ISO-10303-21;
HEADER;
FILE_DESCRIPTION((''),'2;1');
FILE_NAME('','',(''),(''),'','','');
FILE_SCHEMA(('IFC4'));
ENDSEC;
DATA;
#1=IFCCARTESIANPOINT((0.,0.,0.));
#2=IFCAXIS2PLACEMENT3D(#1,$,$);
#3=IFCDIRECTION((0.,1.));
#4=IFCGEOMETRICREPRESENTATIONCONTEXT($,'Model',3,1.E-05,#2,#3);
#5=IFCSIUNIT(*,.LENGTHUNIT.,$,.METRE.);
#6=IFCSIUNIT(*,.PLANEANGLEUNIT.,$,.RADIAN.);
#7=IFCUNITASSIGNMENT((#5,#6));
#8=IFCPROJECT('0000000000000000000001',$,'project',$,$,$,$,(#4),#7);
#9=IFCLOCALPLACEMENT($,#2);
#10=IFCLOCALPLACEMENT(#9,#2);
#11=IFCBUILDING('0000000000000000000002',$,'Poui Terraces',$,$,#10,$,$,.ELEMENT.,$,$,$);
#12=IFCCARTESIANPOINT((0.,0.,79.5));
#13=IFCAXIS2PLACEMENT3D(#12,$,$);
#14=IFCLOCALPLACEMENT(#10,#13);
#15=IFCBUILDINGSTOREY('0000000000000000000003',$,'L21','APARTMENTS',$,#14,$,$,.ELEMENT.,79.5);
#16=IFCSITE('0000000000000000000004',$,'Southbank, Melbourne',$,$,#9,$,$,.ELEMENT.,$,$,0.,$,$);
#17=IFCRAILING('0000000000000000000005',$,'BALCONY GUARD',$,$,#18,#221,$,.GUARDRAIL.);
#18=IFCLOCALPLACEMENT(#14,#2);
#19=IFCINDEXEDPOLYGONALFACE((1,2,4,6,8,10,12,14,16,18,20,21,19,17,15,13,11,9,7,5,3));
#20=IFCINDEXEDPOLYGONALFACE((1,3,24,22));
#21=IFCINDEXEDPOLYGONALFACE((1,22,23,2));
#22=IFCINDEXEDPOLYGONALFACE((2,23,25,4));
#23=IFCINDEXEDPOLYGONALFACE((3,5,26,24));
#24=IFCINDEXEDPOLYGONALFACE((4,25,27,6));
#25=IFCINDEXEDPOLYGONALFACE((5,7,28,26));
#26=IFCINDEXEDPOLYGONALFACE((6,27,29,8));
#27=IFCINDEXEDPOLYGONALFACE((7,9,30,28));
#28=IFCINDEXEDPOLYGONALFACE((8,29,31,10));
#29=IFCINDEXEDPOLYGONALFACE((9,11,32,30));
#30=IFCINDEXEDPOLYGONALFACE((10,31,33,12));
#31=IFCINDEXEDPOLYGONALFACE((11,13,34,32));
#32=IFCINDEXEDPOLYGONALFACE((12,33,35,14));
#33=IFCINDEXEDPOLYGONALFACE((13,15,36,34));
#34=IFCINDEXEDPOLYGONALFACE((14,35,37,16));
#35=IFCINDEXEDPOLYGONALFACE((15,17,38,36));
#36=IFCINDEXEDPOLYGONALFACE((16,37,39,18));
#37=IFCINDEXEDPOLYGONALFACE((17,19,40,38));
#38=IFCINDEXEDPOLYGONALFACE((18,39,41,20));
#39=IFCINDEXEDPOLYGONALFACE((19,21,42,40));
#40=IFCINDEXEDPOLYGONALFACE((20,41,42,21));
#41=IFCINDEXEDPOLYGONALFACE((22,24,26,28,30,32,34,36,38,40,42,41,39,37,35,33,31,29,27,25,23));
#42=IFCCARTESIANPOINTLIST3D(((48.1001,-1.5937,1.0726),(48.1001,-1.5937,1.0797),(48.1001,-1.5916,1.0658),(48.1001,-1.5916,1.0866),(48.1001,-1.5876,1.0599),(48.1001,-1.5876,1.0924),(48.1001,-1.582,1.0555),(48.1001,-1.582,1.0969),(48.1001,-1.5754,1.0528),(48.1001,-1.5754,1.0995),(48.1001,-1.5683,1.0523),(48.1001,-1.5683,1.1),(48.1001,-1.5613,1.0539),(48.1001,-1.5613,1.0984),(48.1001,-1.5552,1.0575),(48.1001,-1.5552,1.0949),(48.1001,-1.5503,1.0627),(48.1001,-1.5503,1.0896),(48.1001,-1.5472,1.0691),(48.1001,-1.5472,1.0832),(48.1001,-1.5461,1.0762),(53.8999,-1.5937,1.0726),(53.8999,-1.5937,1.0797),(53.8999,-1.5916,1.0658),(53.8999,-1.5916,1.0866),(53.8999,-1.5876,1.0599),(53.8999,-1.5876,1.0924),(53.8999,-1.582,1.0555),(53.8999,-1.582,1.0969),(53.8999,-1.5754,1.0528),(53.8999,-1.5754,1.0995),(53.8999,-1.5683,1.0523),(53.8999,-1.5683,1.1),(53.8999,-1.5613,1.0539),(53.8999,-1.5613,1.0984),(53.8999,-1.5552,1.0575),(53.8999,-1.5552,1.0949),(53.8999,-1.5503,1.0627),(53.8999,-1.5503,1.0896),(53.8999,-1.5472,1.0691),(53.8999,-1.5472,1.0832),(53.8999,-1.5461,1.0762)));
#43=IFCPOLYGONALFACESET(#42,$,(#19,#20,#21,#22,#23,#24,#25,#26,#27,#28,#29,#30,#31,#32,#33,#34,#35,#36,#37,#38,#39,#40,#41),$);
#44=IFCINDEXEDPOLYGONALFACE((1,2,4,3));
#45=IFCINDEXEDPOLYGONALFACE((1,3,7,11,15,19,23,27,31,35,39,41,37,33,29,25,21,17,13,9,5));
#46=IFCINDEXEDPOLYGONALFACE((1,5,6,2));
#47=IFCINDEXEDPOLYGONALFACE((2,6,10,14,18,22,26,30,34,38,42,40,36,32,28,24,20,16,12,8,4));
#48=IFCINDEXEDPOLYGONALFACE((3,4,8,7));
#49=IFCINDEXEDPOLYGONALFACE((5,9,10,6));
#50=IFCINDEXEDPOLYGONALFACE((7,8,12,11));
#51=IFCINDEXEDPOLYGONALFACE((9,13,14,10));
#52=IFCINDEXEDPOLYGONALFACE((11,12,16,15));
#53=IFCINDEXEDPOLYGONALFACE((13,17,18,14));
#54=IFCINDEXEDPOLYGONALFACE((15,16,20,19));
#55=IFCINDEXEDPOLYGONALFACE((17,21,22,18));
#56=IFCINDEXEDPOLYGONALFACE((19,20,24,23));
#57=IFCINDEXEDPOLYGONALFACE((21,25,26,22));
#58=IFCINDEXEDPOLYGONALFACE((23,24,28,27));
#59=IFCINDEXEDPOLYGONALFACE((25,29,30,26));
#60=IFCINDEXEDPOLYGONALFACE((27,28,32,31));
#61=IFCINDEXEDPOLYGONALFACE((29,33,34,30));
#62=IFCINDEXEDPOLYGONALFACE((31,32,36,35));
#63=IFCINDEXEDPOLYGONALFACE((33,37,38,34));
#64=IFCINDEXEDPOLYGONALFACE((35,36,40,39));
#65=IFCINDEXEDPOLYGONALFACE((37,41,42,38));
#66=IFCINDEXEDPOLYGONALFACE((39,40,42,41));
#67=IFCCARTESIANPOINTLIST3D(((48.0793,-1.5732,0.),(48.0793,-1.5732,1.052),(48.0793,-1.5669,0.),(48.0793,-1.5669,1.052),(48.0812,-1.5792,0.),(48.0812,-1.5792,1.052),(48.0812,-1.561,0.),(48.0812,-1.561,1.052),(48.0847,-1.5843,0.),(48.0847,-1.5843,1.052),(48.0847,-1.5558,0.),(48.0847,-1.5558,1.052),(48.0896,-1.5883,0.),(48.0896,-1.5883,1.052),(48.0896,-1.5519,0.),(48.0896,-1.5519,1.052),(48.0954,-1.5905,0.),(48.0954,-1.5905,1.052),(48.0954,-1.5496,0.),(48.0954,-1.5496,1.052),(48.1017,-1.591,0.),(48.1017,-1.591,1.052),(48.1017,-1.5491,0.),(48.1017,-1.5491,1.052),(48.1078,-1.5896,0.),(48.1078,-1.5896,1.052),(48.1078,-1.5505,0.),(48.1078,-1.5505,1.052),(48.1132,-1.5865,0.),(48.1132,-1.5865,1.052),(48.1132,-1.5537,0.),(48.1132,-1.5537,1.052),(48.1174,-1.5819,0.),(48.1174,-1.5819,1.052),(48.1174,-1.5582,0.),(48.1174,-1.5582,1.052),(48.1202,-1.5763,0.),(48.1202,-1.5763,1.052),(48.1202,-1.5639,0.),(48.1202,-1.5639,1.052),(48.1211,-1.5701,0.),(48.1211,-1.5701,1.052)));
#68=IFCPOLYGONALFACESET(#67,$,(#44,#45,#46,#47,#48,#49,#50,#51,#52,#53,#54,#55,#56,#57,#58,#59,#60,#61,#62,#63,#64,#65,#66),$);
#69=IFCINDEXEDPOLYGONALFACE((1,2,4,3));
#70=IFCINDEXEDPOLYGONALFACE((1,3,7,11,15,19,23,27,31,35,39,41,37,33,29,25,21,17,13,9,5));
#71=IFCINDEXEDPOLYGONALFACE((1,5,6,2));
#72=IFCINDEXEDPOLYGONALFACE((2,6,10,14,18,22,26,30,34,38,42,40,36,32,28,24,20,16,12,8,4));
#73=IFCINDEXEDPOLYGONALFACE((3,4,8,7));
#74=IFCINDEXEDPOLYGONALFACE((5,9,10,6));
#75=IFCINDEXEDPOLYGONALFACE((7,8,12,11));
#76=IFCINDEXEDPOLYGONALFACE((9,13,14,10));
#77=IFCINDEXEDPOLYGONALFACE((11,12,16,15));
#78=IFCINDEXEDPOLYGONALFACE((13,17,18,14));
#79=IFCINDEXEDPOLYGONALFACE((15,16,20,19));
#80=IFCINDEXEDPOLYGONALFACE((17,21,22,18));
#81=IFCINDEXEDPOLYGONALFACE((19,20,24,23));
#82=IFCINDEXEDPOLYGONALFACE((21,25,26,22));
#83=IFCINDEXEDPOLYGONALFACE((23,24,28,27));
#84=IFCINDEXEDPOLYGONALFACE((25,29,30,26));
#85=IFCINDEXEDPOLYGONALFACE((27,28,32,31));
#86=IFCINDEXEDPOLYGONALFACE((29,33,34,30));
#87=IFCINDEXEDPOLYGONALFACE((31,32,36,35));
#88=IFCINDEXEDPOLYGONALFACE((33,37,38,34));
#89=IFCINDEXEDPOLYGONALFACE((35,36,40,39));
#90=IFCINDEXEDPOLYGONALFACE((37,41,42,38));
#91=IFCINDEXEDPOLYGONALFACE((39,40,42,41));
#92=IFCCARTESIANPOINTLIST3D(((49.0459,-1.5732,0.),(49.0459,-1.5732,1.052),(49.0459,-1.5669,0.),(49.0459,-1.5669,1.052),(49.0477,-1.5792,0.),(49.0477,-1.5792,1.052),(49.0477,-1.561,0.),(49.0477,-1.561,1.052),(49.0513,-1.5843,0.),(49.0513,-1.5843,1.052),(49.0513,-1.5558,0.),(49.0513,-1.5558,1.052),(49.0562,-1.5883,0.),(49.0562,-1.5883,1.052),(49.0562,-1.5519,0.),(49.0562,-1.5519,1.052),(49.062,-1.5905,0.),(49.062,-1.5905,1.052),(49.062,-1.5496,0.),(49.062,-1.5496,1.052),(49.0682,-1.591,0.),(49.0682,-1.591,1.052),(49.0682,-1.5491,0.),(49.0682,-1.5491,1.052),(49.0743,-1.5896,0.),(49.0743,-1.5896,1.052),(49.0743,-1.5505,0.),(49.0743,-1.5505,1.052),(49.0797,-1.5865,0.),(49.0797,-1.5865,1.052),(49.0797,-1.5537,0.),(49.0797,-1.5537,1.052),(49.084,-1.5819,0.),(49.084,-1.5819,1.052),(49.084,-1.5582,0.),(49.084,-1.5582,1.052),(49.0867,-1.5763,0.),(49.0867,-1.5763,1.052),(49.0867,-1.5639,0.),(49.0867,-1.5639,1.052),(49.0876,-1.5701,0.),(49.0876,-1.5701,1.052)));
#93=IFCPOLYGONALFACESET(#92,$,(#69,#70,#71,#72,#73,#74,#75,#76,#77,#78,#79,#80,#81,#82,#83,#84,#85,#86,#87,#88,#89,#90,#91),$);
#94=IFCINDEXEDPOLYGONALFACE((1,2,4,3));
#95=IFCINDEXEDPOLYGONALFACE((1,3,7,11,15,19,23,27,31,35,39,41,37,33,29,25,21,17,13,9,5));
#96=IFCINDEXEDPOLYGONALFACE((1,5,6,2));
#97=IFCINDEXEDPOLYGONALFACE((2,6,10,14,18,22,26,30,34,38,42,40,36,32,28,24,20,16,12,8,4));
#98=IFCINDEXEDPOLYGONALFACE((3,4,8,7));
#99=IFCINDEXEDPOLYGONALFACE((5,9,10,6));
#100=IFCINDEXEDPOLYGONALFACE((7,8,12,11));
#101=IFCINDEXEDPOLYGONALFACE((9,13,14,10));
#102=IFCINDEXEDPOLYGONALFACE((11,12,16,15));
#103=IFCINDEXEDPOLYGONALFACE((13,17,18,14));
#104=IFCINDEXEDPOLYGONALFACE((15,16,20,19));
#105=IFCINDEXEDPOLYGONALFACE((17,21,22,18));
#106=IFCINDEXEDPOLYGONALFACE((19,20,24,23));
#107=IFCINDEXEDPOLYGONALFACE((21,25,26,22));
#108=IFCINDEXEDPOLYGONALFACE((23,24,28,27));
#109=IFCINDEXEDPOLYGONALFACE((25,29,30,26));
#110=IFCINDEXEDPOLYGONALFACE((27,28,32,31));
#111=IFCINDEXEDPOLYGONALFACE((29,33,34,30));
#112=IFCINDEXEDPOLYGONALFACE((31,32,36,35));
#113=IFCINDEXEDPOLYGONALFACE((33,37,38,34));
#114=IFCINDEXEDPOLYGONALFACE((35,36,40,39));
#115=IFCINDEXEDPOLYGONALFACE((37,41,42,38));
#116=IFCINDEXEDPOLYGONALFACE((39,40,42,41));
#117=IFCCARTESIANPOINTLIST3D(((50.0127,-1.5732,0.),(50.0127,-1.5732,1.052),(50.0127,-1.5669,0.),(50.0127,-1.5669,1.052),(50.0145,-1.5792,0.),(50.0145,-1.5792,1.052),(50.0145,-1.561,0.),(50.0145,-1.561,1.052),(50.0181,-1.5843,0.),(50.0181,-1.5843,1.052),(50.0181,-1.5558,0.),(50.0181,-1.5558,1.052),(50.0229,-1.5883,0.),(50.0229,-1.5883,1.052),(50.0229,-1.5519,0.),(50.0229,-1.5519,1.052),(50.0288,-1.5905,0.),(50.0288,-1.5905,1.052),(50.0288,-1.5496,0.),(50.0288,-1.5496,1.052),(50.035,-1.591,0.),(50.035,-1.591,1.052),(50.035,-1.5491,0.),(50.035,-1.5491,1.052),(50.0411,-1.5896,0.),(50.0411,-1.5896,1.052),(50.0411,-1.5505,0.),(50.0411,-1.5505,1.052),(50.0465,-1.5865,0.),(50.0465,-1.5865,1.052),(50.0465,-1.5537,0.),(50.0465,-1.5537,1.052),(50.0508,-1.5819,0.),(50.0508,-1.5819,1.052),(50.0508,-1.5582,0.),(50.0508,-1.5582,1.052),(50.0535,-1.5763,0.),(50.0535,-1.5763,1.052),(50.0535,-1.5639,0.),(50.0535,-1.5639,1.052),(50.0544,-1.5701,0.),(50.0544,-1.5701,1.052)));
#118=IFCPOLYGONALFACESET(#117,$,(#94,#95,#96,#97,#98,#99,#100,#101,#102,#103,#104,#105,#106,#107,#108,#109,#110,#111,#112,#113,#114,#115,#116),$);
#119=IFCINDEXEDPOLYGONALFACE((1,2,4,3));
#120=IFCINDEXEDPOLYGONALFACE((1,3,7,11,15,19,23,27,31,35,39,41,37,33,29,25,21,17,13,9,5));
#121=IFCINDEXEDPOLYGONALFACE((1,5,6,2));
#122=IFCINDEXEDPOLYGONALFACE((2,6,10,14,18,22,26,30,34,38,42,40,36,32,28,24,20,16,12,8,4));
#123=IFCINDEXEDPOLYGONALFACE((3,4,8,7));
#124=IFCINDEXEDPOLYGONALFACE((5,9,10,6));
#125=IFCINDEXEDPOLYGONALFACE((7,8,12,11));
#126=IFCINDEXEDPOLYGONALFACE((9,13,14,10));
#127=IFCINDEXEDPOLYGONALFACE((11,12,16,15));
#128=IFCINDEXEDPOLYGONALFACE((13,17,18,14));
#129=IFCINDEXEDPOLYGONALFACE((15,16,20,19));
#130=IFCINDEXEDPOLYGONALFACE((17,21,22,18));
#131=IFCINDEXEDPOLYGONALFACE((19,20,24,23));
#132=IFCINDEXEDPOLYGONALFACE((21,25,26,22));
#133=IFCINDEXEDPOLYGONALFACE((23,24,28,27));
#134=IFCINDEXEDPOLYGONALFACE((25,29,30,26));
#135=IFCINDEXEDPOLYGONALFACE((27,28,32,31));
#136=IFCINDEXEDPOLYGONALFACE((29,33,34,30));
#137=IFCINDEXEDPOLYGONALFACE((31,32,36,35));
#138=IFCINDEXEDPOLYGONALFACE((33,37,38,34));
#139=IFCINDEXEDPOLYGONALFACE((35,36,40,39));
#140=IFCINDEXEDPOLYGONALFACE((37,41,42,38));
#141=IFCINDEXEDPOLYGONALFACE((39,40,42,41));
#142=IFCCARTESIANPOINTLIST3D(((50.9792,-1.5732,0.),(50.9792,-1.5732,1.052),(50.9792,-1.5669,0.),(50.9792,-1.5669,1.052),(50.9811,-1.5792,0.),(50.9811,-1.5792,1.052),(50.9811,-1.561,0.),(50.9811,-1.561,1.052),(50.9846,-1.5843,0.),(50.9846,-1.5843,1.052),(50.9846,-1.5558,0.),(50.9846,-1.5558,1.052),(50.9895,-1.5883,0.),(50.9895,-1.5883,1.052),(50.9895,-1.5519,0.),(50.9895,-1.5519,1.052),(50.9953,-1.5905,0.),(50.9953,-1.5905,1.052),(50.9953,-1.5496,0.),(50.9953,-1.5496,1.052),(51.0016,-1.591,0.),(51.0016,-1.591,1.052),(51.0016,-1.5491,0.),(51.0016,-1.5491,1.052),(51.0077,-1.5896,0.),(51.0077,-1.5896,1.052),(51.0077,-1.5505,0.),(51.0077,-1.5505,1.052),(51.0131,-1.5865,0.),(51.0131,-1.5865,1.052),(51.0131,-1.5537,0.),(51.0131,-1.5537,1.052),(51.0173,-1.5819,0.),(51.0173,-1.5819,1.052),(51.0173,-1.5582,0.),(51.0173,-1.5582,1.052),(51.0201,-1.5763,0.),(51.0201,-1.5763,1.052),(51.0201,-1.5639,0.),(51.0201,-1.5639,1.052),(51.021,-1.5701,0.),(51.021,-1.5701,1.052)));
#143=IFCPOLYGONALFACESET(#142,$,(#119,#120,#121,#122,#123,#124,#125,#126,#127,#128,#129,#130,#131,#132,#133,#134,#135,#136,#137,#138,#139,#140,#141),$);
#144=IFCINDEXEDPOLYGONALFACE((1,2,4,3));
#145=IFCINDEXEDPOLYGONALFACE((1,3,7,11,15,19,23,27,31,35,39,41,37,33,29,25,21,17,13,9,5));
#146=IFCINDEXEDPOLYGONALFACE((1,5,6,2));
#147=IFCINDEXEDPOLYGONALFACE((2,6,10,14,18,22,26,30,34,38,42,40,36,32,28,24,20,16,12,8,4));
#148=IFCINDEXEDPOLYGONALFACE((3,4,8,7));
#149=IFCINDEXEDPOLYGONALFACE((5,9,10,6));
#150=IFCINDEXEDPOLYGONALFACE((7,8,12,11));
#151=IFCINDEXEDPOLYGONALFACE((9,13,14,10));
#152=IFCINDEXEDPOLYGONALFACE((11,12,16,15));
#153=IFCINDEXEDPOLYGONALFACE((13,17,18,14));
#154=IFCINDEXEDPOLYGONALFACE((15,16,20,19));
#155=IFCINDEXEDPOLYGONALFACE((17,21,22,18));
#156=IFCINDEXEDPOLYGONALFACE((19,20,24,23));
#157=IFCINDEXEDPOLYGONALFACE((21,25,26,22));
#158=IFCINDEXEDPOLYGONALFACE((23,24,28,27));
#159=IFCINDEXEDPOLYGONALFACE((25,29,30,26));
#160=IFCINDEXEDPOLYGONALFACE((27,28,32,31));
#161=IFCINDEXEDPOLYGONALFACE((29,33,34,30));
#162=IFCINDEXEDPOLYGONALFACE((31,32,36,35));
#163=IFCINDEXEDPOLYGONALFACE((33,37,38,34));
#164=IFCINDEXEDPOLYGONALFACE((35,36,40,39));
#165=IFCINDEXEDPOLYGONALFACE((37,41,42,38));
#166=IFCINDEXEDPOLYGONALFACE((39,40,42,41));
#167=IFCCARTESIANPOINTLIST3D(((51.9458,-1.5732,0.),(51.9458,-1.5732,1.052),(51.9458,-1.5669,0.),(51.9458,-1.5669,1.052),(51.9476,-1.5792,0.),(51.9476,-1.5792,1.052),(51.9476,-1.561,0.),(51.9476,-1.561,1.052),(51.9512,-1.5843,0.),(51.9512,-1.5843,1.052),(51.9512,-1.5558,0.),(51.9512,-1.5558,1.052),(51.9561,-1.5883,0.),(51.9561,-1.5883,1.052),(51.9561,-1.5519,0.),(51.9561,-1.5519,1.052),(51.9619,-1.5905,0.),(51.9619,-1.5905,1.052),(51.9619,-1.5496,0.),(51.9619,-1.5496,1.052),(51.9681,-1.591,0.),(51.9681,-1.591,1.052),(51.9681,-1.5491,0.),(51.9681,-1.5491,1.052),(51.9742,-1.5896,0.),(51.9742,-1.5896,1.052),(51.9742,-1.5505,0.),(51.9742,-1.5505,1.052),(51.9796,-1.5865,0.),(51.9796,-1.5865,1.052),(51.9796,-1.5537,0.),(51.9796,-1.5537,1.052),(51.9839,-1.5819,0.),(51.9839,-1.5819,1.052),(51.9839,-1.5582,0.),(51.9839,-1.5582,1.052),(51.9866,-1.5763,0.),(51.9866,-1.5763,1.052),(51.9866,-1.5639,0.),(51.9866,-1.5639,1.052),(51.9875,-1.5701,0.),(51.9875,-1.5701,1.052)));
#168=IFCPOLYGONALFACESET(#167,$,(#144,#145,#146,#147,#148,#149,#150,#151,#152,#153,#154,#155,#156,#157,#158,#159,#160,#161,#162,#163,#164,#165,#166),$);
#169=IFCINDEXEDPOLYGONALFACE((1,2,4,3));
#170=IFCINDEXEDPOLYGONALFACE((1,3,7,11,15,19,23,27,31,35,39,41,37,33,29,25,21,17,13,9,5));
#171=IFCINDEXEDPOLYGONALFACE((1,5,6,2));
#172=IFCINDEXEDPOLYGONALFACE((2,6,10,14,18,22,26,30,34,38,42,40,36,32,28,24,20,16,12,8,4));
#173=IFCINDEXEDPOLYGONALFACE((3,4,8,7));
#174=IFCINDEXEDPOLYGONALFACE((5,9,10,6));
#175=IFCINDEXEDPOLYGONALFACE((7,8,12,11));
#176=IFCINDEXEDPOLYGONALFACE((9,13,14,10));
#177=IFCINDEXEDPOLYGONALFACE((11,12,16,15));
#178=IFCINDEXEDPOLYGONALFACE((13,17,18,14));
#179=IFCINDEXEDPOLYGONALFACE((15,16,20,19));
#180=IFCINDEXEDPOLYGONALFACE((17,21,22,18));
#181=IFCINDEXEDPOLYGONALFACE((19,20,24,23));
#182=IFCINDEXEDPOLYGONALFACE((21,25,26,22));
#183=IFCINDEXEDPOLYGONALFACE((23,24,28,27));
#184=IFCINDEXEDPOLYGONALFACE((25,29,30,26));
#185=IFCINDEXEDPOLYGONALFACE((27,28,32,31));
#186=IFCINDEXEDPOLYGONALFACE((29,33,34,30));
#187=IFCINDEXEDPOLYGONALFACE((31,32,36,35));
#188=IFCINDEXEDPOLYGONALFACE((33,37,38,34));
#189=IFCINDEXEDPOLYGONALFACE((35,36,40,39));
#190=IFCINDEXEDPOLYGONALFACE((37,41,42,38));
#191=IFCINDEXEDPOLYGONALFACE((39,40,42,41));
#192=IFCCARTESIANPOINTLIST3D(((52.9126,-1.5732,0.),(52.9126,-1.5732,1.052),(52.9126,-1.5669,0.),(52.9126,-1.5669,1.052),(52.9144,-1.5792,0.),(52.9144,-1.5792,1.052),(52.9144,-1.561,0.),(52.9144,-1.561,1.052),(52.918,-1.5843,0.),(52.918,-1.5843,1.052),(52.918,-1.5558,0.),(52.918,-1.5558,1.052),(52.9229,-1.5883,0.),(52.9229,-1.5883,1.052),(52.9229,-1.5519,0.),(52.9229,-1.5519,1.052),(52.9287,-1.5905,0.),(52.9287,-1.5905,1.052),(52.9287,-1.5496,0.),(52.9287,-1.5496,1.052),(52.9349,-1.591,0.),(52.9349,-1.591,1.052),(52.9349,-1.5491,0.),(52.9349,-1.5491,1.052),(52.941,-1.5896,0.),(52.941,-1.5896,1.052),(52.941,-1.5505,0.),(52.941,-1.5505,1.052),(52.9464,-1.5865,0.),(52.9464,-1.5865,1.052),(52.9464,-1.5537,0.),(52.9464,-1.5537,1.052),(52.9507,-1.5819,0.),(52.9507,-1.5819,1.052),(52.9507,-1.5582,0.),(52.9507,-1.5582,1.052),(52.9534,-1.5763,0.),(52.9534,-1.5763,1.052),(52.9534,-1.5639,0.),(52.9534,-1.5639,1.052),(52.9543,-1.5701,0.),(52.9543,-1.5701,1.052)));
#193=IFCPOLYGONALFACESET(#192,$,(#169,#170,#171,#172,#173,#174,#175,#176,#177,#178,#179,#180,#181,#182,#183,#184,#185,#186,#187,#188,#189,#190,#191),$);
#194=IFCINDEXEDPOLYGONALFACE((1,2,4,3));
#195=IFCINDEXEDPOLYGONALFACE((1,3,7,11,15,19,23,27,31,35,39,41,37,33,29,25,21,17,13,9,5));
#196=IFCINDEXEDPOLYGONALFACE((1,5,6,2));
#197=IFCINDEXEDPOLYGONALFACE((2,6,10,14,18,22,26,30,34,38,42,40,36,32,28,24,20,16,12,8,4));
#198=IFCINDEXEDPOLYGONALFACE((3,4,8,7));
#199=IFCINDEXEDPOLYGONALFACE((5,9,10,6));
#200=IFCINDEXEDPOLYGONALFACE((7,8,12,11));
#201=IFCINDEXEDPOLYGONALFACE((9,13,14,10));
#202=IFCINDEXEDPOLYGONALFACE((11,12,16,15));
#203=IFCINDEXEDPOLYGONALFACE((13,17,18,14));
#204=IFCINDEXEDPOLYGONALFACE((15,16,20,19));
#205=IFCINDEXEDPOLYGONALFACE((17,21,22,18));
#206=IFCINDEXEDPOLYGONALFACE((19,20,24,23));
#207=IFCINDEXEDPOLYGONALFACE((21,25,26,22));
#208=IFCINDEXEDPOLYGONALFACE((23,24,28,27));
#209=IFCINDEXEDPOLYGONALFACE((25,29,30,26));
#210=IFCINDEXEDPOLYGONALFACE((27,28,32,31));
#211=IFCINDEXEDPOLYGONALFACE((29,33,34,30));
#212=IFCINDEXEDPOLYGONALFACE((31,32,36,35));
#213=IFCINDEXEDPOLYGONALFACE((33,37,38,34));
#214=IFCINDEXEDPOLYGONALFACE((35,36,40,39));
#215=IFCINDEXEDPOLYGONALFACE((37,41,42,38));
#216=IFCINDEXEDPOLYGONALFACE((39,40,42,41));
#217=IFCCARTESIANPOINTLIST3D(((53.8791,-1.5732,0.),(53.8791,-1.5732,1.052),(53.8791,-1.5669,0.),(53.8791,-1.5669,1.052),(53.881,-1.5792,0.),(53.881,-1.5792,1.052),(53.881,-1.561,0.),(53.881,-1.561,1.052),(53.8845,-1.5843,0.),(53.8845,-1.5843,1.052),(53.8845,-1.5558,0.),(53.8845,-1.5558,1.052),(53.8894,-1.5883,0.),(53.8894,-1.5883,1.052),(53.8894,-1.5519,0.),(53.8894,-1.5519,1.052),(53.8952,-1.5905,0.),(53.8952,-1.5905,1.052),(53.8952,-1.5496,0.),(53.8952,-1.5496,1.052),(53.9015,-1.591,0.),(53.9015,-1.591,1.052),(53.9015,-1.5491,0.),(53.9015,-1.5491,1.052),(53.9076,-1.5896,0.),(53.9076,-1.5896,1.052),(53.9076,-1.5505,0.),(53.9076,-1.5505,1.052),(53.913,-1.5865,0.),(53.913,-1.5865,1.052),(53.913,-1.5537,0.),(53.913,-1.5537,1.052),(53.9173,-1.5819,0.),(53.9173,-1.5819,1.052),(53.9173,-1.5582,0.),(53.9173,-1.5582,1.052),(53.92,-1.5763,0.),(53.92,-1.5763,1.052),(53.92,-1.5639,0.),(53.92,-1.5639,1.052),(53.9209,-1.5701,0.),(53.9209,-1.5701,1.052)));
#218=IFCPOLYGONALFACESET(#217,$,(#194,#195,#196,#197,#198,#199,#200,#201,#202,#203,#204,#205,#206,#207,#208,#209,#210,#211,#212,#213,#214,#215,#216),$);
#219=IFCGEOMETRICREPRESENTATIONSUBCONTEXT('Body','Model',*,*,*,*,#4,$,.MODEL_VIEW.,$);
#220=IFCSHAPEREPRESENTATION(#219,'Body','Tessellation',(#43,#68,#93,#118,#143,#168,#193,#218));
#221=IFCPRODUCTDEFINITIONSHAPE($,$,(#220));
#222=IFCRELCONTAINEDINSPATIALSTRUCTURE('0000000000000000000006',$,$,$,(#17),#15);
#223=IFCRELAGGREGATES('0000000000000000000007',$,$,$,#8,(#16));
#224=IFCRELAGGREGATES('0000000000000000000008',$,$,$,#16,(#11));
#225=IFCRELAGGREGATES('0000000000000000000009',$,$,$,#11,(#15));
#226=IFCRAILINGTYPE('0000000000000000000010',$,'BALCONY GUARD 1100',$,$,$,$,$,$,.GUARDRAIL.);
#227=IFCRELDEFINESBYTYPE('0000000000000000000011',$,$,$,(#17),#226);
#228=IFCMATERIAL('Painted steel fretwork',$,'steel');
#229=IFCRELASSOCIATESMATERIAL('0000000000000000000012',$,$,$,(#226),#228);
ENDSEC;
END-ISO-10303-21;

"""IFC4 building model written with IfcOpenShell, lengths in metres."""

from ifc_helpers import new_model, si_unit, direction, frame, origin, origin_2d, place, context, subcontext, project, spatial, circle, extrude, material, type_object, element, save


model = new_model("IFC4")

# Units and contexts
model_context = context("Model", 3, precision=1e-05, world=origin(), true_north=direction((0.0, 1.0)))
body_context = subcontext(model_context, "Body", "Model", "MODEL_VIEW")
ifc_project = project(units=[si_unit("LENGTHUNIT", "METRE"), si_unit("PLANEANGLEUNIT", "RADIAN")], contexts=[model_context])

# Site, building, storey
site_placement = place(None, origin())
site = spatial("IfcSite", under=ifc_project, at=site_placement, Name="Southbank, Melbourne", CompositionType="ELEMENT", RefElevation=0.0)
building_placement = place(site_placement, origin())
building = spatial("IfcBuilding", under=site, at=building_placement, Name="Poui Terraces", CompositionType="ELEMENT")
storey_placement = place(building_placement, frame((0.0, 0.0, 79.5)))
storey = spatial("IfcBuildingStorey", under=building, at=storey_placement, Name="L21", Description="APARTMENTS", CompositionType="ELEMENT", Elevation=79.5)

# Railing
ifc_material_1 = material(Name="Painted steel fretwork", Category="steel")
railing_type = type_object("IfcRailingType", Name="BALCONY GUARD 1100", PredefinedType="GUARDRAIL", material=ifc_material_1)
railing_placement = place(storey_placement, frame((48.1001, -1.5701, 0.0)))
element("IfcRailing", 1, at=railing_placement, inside=storey, type_object=railing_type, Name="BALCONY GUARD", PredefinedType="GUARDRAIL", context=body_context, shape_type="SweptSolid", body=[
    extrude(circle(Radius=0.0239, at=origin_2d()), frame((0.0, 0.0, 1.0762), z_axis=(1.0, 0.0, 0.0), x_axis=(0.0, 1.0, 0.0)), (0.0, 0.0, 1.0), 5.7998),
    extrude(circle(Radius=0.021, at=origin_2d()), origin(), (0.0, 0.0, 1.0), 1.052),
    extrude(circle(Radius=0.021, at=origin_2d()), frame((0.9666, 0.0, 0.0)), (0.0, 0.0, 1.0), 1.052),
    extrude(circle(Radius=0.021, at=origin_2d()), frame((1.9333, 0.0, 0.0)), (0.0, 0.0, 1.0), 1.052),
    extrude(circle(Radius=0.021, at=origin_2d()), frame((2.8999, 0.0, 0.0)), (0.0, 0.0, 1.0), 1.052),
    extrude(circle(Radius=0.021, at=origin_2d()), frame((3.8665, 0.0, 0.0)), (0.0, 0.0, 1.0), 1.052),
    extrude(circle(Radius=0.021, at=origin_2d()), frame((4.8333, 0.0, 0.0)), (0.0, 0.0, 1.0), 1.052),
    extrude(circle(Radius=0.021, at=origin_2d()), frame((5.7998, 0.0, 0.0)), (0.0, 0.0, 1.0), 1.052),
])

save(model, "model.ifc")
